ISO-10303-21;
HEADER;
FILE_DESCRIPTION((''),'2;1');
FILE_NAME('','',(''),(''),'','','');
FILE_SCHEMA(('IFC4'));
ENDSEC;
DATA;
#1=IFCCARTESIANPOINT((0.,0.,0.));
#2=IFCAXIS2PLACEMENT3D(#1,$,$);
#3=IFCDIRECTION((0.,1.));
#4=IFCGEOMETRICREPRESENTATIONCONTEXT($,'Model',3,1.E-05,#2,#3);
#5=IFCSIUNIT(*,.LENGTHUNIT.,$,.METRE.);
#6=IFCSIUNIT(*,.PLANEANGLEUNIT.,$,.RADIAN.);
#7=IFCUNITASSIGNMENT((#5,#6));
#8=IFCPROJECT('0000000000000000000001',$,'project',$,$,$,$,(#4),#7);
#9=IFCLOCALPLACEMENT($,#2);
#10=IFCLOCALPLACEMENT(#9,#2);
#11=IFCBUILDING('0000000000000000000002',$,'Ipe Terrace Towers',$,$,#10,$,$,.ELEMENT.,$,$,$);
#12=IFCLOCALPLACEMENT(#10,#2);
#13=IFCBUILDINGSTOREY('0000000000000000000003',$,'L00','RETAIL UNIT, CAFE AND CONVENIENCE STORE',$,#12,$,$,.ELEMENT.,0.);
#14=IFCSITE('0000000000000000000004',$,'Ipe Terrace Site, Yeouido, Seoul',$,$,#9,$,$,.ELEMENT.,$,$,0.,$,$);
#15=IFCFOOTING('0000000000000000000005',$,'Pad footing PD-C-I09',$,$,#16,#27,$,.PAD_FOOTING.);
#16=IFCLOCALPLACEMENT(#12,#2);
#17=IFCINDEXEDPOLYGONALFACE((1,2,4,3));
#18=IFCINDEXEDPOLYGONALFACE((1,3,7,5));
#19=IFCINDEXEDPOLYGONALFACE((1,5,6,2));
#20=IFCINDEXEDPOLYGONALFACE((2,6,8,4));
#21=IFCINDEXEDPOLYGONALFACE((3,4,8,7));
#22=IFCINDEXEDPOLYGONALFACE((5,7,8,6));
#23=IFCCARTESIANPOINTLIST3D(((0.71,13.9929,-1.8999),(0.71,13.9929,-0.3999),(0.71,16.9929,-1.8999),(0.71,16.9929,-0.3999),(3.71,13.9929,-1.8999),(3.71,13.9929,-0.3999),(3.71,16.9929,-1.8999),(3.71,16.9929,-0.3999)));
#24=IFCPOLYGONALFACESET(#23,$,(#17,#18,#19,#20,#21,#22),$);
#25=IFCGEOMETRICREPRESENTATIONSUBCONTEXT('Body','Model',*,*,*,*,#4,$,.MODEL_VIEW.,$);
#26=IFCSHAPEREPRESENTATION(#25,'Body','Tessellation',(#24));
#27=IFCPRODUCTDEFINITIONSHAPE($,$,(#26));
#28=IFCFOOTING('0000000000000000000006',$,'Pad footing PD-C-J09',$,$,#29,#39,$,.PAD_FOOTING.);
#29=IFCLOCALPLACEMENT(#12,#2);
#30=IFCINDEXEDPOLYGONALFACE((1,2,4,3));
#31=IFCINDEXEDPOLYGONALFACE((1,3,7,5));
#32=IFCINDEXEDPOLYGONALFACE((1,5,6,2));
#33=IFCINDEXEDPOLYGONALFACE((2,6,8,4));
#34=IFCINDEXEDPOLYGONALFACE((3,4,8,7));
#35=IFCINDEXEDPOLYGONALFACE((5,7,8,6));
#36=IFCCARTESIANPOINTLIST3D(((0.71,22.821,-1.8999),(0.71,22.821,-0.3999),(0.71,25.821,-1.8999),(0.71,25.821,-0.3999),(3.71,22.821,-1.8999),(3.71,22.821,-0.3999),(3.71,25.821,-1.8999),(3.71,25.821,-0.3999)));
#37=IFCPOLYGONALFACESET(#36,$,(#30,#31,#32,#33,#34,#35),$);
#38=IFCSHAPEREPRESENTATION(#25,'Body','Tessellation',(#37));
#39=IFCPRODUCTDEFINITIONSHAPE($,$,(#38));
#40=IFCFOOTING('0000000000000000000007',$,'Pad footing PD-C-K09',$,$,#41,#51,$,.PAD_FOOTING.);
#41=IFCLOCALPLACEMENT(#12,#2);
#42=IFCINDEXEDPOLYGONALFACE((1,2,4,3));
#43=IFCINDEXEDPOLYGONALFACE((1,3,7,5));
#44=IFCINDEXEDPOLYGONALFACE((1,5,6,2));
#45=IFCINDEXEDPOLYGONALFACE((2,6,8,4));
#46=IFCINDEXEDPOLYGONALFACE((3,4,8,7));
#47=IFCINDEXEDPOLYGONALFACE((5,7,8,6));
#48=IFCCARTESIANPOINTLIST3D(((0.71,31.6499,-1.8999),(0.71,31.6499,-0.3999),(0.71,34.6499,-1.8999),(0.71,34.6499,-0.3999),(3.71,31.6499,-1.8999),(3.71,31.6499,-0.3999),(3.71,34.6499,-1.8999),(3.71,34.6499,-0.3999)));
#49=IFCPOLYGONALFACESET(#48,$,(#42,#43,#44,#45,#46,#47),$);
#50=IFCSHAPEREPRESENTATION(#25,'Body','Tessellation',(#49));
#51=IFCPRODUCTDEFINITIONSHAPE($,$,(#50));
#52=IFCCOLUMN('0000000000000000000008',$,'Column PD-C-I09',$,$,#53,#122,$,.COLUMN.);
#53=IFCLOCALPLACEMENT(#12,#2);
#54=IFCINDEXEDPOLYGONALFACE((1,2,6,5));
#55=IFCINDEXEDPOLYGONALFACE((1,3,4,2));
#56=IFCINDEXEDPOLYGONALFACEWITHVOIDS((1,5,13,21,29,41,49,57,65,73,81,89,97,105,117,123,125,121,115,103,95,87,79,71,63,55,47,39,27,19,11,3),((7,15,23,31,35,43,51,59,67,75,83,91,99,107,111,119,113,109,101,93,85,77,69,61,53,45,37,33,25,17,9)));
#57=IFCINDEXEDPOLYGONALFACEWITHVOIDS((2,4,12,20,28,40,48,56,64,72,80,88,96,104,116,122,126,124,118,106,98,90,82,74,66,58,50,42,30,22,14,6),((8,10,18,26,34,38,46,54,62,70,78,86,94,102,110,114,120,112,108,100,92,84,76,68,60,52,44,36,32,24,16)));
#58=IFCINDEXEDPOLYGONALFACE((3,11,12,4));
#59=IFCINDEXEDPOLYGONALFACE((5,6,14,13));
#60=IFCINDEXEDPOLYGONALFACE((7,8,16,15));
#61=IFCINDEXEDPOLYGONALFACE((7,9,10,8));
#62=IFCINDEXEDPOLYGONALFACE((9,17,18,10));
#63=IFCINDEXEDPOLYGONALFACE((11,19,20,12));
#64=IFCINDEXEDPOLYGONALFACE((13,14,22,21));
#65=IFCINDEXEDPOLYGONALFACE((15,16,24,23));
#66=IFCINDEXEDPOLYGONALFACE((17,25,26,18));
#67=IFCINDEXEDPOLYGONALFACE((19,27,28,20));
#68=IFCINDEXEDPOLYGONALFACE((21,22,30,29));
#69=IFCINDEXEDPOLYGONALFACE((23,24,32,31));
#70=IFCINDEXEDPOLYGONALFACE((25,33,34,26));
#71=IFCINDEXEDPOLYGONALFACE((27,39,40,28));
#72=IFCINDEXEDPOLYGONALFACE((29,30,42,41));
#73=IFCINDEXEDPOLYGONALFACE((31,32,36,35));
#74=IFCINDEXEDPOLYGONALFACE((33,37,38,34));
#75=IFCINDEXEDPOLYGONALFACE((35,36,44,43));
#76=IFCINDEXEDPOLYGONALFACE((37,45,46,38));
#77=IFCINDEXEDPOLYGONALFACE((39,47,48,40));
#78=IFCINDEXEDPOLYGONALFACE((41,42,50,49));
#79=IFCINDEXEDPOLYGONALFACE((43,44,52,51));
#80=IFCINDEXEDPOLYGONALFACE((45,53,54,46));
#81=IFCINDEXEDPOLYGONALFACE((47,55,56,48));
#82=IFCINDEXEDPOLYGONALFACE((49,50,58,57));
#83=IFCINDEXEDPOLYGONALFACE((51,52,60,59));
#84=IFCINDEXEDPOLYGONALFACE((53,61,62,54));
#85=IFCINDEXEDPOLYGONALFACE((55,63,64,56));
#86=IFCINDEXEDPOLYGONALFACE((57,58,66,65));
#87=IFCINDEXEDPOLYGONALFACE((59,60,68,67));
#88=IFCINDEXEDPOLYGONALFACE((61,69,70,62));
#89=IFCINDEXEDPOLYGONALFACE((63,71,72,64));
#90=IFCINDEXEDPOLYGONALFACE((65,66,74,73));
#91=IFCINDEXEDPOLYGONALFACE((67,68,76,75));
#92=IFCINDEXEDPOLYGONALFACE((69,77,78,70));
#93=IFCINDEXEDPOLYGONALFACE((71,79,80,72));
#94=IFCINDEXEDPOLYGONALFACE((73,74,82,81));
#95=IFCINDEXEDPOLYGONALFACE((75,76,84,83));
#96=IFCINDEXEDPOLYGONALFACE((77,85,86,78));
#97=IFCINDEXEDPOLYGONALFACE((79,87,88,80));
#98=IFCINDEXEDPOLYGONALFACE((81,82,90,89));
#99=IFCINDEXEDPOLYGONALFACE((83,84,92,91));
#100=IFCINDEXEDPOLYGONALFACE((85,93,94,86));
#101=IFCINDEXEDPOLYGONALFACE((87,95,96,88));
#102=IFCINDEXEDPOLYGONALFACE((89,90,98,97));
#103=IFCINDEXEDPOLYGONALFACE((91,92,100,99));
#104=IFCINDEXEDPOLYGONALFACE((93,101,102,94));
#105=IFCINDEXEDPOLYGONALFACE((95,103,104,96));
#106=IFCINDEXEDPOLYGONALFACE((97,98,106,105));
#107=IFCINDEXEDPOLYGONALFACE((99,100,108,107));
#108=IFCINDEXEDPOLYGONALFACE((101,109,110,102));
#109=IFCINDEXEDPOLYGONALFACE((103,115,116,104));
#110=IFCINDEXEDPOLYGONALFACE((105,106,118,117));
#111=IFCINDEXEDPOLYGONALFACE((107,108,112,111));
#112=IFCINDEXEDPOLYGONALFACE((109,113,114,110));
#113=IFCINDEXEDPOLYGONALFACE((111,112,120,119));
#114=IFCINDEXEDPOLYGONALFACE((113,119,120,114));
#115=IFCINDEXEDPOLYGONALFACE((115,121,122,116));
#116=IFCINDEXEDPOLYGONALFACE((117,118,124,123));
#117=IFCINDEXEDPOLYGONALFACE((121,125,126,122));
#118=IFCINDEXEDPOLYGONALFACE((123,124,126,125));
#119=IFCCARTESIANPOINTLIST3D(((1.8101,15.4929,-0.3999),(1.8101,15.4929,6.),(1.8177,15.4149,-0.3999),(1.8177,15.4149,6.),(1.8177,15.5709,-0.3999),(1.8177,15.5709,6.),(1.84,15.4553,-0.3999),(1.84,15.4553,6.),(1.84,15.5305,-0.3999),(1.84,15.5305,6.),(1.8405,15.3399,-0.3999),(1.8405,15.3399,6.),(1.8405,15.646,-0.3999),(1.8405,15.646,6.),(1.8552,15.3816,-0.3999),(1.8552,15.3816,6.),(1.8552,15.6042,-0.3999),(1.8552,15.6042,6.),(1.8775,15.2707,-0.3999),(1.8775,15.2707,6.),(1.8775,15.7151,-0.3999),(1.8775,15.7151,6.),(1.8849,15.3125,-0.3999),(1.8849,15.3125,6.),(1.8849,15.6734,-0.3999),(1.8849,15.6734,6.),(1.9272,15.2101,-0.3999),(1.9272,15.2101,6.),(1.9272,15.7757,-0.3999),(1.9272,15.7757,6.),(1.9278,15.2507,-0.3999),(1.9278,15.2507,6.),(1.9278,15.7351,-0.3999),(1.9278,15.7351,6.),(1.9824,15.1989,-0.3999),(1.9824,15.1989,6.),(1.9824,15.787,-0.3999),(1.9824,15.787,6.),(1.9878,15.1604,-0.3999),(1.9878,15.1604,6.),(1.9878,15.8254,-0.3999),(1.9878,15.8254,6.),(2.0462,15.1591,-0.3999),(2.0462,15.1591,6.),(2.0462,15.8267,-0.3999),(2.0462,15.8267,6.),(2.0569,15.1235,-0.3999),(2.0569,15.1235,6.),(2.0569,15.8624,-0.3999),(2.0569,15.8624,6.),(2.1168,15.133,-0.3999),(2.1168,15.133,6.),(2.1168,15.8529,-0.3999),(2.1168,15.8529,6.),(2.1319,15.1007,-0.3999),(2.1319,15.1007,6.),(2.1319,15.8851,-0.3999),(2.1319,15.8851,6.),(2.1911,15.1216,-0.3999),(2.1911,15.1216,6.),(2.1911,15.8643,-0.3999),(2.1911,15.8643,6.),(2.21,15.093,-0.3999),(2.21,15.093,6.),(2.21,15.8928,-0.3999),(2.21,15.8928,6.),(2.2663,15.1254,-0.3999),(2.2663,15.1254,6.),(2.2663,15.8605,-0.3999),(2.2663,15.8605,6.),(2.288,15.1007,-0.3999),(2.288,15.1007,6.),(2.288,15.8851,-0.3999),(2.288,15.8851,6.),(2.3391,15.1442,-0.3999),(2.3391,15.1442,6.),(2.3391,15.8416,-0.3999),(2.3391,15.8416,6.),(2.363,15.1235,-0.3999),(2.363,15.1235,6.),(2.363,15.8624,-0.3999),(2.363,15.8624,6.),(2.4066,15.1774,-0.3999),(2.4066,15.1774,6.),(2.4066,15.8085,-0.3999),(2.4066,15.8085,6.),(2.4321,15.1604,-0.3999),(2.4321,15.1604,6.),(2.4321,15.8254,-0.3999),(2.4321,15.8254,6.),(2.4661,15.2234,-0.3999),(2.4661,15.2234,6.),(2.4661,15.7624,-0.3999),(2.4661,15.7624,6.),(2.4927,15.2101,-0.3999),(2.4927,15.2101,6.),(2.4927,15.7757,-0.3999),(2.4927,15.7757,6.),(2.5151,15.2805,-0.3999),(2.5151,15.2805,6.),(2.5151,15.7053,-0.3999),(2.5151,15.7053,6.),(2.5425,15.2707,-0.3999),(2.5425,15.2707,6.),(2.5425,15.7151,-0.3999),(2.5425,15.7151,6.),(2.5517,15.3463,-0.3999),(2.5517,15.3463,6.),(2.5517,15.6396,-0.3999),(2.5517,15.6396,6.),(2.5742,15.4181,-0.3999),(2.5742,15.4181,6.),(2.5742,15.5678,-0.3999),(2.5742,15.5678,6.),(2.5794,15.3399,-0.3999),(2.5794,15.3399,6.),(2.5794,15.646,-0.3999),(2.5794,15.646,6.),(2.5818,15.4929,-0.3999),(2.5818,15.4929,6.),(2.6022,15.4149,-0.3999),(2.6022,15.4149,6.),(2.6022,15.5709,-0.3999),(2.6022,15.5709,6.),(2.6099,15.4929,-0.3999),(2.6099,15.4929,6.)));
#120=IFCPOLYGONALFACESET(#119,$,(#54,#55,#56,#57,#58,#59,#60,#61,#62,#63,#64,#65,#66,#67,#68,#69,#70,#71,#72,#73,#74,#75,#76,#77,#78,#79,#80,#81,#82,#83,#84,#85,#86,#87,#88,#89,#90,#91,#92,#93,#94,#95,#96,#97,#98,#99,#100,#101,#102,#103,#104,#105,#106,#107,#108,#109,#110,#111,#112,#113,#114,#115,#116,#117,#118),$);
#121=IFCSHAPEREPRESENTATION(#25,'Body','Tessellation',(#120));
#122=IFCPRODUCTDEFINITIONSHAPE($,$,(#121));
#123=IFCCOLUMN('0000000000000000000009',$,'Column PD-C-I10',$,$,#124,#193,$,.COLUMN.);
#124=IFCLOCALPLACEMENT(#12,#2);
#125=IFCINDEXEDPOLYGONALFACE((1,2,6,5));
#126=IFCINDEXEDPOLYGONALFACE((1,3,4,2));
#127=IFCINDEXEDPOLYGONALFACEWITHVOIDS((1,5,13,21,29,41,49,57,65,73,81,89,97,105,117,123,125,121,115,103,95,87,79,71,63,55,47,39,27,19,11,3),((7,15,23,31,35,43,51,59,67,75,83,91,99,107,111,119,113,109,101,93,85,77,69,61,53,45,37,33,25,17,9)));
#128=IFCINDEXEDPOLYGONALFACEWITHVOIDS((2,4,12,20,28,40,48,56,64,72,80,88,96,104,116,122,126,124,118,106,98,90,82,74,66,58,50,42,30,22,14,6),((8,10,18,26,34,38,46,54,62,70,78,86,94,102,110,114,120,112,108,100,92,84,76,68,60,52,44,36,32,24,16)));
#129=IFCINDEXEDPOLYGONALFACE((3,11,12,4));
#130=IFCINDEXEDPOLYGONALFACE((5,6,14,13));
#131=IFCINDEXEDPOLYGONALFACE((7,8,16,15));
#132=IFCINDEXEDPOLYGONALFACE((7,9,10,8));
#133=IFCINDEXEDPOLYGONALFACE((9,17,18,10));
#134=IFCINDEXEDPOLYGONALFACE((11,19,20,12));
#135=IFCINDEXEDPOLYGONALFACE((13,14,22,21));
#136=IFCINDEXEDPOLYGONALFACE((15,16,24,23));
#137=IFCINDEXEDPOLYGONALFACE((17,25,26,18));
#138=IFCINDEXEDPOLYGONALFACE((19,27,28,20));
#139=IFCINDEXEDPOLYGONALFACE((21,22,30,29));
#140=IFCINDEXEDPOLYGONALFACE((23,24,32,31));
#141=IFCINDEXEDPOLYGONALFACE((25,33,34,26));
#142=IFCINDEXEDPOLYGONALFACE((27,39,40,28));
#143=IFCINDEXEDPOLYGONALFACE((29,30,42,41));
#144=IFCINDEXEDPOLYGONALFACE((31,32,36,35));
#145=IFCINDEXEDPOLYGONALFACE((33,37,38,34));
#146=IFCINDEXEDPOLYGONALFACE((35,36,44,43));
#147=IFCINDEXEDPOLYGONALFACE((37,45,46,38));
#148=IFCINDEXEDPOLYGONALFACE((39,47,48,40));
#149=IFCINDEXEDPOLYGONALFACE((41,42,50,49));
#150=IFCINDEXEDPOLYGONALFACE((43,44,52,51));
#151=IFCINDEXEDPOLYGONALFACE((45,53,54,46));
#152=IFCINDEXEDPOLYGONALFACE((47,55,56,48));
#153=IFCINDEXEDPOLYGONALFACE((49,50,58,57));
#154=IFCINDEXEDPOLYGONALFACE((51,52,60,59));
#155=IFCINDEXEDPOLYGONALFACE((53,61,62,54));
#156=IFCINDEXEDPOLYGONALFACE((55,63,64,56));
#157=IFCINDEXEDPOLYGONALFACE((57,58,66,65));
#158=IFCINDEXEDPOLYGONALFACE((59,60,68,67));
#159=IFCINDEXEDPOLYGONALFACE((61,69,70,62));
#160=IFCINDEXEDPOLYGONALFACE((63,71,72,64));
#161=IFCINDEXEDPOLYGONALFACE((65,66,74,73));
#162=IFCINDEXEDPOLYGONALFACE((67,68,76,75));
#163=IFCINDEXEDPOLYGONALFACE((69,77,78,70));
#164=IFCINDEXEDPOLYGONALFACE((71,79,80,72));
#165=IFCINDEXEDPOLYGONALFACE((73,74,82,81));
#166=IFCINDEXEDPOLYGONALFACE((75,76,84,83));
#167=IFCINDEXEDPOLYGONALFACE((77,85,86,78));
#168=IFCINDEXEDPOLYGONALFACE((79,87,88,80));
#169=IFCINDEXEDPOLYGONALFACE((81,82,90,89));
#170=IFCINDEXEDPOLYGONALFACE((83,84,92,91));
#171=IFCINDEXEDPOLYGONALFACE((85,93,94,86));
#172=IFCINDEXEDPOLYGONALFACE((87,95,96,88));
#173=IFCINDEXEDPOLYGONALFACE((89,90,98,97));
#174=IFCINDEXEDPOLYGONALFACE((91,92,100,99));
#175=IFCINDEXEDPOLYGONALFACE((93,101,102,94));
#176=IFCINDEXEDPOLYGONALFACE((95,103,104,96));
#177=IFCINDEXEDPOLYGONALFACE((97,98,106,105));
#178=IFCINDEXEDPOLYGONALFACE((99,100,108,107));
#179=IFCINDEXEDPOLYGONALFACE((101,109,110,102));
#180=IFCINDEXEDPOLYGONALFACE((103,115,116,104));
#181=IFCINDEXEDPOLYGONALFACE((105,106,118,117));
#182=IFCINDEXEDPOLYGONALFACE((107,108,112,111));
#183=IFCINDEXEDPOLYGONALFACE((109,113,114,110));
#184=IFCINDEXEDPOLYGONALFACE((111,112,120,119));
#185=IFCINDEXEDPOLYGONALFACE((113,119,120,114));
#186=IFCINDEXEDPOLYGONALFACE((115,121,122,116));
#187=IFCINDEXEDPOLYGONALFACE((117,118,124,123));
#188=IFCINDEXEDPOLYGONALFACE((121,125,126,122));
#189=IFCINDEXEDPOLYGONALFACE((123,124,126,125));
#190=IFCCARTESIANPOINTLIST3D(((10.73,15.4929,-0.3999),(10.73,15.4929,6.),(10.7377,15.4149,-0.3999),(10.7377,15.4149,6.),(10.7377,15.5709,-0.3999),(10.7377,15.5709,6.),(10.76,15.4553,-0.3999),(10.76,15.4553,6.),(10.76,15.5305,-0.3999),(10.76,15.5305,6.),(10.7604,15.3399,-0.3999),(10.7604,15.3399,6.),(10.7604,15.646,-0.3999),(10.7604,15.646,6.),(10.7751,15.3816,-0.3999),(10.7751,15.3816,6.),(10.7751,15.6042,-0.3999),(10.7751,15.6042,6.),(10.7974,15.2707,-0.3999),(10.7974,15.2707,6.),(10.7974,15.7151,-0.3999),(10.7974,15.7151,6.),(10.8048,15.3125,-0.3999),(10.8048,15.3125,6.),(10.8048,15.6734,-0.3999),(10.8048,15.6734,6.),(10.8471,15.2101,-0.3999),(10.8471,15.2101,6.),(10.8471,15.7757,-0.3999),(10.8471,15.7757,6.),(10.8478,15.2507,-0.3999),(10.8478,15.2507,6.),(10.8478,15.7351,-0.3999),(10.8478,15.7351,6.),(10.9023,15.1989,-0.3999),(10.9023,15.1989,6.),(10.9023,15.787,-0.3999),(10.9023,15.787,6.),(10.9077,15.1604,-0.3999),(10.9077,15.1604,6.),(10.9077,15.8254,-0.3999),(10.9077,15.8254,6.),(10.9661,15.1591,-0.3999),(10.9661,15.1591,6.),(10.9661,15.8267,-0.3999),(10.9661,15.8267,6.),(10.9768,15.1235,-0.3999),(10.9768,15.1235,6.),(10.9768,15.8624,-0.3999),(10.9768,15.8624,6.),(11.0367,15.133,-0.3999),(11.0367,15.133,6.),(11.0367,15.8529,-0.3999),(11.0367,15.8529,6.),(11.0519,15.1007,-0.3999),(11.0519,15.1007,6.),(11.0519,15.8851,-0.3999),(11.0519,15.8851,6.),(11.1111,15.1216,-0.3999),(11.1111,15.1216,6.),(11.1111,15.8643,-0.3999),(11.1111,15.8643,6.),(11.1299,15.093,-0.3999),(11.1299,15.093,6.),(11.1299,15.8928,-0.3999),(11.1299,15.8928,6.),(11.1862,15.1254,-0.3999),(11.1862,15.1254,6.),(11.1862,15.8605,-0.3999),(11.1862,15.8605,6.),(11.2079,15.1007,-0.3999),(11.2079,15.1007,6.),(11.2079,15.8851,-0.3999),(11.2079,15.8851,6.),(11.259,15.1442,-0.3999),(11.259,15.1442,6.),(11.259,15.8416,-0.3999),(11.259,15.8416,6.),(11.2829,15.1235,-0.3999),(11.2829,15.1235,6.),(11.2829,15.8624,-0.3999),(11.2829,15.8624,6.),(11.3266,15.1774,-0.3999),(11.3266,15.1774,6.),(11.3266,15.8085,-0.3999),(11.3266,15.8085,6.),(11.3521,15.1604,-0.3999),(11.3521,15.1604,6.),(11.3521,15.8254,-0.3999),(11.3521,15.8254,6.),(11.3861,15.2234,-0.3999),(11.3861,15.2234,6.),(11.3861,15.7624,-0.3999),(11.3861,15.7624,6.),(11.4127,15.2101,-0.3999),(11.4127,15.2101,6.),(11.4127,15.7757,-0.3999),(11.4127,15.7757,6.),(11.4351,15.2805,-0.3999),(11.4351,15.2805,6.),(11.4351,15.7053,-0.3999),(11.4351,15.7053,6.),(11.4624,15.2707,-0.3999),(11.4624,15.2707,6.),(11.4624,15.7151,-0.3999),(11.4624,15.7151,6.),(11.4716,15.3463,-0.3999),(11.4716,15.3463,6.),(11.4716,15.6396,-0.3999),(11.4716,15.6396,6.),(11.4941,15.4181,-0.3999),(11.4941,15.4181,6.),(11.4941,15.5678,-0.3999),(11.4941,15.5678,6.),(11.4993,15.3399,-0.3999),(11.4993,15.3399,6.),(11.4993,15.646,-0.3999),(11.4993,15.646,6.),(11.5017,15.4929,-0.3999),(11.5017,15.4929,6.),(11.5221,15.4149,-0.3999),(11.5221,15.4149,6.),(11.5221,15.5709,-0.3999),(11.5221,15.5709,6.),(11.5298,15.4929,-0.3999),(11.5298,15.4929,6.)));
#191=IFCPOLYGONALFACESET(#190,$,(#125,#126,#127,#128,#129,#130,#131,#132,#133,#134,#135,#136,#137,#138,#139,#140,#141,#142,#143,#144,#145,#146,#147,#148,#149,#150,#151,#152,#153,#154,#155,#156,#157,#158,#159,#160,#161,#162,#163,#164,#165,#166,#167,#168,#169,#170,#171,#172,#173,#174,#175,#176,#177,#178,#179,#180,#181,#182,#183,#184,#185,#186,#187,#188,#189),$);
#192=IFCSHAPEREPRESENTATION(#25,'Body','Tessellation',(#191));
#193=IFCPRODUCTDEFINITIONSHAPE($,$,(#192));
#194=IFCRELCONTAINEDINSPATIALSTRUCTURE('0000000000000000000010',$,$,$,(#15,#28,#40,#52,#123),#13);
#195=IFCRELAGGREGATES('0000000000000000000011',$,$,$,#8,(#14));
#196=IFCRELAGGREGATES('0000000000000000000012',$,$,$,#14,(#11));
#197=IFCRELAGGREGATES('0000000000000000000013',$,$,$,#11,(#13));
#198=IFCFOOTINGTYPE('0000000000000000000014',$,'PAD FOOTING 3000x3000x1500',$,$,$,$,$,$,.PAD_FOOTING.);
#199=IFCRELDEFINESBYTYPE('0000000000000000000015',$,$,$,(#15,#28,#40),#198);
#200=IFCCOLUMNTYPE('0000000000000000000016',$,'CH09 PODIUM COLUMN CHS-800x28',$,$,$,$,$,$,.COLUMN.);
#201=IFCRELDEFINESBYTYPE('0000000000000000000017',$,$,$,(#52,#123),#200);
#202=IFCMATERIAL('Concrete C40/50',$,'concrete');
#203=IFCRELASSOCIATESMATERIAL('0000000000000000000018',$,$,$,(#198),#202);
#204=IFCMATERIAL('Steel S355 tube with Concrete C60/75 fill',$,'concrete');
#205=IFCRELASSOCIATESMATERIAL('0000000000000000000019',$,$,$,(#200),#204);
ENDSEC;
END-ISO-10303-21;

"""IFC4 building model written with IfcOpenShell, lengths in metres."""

from ifc_helpers import new_model, si_unit, direction, frame, origin, origin_2d, place, context, subcontext, project, spatial, rectangle, hollow_circle, extrude, material, material_profile, profile_set, type_object, element, save


model = new_model("IFC4")

# Units and contexts
model_context = context("Model", 3, precision=1e-05, world=origin(), true_north=direction((0.0, 1.0)))
body_context = subcontext(model_context, "Body", "Model", "MODEL_VIEW")
ifc_project = project(units=[si_unit("LENGTHUNIT", "METRE"), si_unit("PLANEANGLEUNIT", "RADIAN")], contexts=[model_context])

# Site, building, storey
site_placement = place(None, origin())
site = spatial("IfcSite", under=ifc_project, at=site_placement, Name="Ipe Terrace Site, Yeouido, Seoul", CompositionType="ELEMENT", RefElevation=0.0)
building_placement = place(site_placement, origin())
building = spatial("IfcBuilding", under=site, at=building_placement, Name="Ipe Terrace Towers", CompositionType="ELEMENT")
storey_placement = place(building_placement, origin())
storey = spatial("IfcBuildingStorey", under=building, at=storey_placement, Name="L00", Description="RETAIL UNIT, CAFE AND CONVENIENCE STORE", CompositionType="ELEMENT", Elevation=0.0)

# Footings
ifc_material_1 = material(Name="Concrete C40/50", Category="concrete")
footing_type = type_object("IfcFootingType", Name="PAD FOOTING 3000x3000x1500", PredefinedType="PAD_FOOTING", material=ifc_material_1)
for number, where, z_axis, x_axis, name in (
    (1, (2.21, 15.4929, -1.8999), (0.0, 0.0, 1.0), (1.0, 0.0, 0.0), "Pad footing PD-C-I09"),
    (2, (2.21, 24.321, -1.8999), (0.0, 0.0, 1.0), (1.0, 0.0, 0.0), "Pad footing PD-C-J09"),
    (3, (2.21, 33.1499, -1.8999), (0.0, 0.0, 1.0), (1.0, 0.0, 0.0), "Pad footing PD-C-K09"),
):
    element("IfcFooting", number, at=place(storey_placement, frame(where, z_axis=z_axis, x_axis=x_axis)), inside=storey, type_object=footing_type, Name=name, PredefinedType="PAD_FOOTING", context=body_context, shape_type="SweptSolid", body=[
        extrude(rectangle(XDim=3.0, YDim=3.0, at=origin_2d()), origin(), (0.0, 0.0, 1.0), 1.5),
    ])

# Columns
ifc_material_2 = material(Name="Steel S355 tube with Concrete C60/75 fill", Category="concrete")
ifc_material_profile_1 = material_profile(ifc_material_2, hollow_circle(Radius=0.3999, WallThickness=0.0281, at=origin_2d()), Name="CHS-800x28")
ifc_profile_set_1 = profile_set([ifc_material_profile_1], Name="Steel S355 tube with Concrete C60/75 fill")
column_type = type_object("IfcColumnType", Name="CH09 PODIUM COLUMN CHS-800x28", PredefinedType="COLUMN", material=ifc_profile_set_1)
for number, where, z_axis, x_axis, name in (
    (4, (2.21, 15.4929, -0.3999), (0.0, 0.0, 1.0), (1.0, 0.0, 0.0), "Column PD-C-I09"),
    (5, (11.1299, 15.4929, -0.3999), (0.0, 0.0, 1.0), (1.0, 0.0, 0.0), "Column PD-C-I10"),
):
    element("IfcColumn", number, at=place(storey_placement, frame(where, z_axis=z_axis, x_axis=x_axis)), inside=storey, type_object=column_type, Name=name, PredefinedType="COLUMN", context=body_context, shape_type="SweptSolid", body=[
        extrude(hollow_circle(Radius=0.3999, WallThickness=0.0281, at=origin_2d()), origin(), (0.0, 0.0, 1.0), 6.3999),
    ])

save(model, "model.ifc")
